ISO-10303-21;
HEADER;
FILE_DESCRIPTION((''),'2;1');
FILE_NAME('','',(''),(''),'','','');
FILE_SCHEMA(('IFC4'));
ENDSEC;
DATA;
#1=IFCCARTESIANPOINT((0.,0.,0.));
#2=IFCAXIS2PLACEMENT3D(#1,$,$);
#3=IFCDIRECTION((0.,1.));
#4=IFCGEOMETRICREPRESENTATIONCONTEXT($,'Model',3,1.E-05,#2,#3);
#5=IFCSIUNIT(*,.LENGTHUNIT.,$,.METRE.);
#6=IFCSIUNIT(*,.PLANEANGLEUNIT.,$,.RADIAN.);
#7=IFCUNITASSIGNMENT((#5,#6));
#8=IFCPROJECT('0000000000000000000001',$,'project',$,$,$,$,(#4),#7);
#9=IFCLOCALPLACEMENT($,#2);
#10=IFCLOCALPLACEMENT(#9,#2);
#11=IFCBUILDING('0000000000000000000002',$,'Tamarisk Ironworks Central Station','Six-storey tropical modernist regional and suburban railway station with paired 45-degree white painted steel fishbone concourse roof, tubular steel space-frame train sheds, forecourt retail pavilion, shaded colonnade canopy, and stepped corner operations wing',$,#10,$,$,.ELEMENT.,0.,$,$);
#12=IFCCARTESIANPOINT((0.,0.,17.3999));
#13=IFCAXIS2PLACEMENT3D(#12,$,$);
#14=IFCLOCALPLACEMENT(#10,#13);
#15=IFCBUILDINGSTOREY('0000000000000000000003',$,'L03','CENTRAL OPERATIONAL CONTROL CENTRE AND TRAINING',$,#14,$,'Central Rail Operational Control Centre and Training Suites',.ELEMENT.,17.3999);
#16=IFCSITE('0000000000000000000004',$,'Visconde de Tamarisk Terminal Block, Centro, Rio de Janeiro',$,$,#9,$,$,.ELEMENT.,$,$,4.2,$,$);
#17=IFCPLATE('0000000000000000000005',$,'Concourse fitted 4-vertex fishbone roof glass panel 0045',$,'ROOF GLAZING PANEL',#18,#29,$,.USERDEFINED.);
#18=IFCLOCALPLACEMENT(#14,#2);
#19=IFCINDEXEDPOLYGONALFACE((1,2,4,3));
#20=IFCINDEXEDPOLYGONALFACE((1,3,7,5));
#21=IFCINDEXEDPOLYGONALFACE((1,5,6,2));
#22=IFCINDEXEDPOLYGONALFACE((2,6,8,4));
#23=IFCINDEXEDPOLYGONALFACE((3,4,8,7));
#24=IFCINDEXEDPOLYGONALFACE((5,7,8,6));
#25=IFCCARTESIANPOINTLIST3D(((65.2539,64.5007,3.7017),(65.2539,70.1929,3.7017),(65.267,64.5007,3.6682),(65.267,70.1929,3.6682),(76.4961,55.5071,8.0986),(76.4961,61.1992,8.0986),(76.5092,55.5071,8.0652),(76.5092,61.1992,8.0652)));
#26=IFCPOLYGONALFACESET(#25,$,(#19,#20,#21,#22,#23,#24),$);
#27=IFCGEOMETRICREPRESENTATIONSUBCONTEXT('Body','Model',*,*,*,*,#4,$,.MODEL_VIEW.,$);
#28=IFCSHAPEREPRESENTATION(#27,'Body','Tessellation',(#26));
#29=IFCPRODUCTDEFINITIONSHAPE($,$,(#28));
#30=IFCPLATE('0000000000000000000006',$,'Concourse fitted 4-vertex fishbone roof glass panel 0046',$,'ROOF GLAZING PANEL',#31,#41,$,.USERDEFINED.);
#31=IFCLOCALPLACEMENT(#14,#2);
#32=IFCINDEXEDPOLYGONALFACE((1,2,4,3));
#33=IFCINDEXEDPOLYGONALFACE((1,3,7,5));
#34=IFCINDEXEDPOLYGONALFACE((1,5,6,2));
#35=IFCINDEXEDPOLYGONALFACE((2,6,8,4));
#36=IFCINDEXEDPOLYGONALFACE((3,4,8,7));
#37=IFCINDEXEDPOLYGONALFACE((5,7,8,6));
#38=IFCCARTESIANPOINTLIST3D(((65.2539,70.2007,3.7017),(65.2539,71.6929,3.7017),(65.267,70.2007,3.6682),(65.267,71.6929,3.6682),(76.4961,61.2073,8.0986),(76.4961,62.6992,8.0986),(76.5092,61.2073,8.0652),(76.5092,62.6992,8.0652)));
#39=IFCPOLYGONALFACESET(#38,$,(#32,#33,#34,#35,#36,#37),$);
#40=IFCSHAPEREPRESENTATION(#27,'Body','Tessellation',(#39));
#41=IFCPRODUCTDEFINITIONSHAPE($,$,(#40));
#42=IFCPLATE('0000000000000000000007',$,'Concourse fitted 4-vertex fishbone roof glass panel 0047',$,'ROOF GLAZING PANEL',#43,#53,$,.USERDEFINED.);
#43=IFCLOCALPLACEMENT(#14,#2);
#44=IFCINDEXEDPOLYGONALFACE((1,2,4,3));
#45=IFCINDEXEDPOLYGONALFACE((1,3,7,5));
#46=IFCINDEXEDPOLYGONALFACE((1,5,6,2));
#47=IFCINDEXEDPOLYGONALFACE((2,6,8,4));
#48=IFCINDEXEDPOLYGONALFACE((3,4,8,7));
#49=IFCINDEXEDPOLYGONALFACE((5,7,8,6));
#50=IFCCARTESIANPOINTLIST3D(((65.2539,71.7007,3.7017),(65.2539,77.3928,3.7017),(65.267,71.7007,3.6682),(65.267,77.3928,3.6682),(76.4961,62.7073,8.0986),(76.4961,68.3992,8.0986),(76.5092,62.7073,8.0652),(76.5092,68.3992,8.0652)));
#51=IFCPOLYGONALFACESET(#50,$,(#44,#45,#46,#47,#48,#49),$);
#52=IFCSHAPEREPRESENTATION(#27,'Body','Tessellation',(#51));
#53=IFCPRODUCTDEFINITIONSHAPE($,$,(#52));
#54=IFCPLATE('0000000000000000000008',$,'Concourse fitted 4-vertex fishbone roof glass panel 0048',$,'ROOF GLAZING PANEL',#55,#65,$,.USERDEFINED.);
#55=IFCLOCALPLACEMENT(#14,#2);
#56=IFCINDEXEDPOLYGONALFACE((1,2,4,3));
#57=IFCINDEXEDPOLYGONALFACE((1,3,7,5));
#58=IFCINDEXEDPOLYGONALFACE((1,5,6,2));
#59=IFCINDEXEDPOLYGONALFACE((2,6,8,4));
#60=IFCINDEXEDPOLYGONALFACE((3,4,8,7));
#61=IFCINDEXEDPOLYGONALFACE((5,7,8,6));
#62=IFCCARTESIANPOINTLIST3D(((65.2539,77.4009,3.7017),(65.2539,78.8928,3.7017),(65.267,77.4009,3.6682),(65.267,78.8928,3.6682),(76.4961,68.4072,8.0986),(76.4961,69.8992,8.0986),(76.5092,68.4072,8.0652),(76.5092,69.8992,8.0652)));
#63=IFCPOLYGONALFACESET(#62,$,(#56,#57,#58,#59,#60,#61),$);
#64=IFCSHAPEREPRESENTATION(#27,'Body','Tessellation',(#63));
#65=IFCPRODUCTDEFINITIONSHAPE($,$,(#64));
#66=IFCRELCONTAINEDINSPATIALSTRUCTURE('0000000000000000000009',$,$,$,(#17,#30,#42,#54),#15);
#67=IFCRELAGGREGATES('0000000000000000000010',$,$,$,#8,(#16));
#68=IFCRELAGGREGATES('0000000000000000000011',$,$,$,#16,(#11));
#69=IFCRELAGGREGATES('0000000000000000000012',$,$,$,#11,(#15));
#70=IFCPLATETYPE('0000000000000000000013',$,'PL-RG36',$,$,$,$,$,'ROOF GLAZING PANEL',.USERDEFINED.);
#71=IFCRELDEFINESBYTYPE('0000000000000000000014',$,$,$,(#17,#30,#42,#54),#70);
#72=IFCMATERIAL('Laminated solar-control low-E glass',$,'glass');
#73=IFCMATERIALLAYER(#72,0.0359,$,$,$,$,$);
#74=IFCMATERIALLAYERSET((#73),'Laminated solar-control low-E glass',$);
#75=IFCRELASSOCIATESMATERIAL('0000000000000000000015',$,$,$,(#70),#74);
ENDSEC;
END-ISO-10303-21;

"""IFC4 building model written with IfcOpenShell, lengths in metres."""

from ifc_helpers import new_model, si_unit, direction, frame, origin, place, context, subcontext, project, spatial, polyline, outline, extrude, material, layer, layer_set, type_object, element, save


model = new_model("IFC4")

# Units and contexts
model_context = context("Model", 3, precision=1e-05, world=origin(), true_north=direction((0.0, 1.0)))
body_context = subcontext(model_context, "Body", "Model", "MODEL_VIEW")
ifc_project = project(units=[si_unit("LENGTHUNIT", "METRE"), si_unit("PLANEANGLEUNIT", "RADIAN")], contexts=[model_context])

# Site, building, storey
site_placement = place(None, origin())
site = spatial("IfcSite", under=ifc_project, at=site_placement, Name="Visconde de Tamarisk Terminal Block, Centro, Rio de Janeiro", CompositionType="ELEMENT", RefElevation=4.2)
building_placement = place(site_placement, origin())
building = spatial("IfcBuilding", under=site, at=building_placement, Name="Tamarisk Ironworks Central Station", Description="Six-storey tropical modernist regional and suburban railway station with paired 45-degree white painted steel fishbone concourse roof, tubular steel space-frame train sheds, forecourt retail pavilion, shaded colonnade canopy, and stepped corner operations wing", CompositionType="ELEMENT", ElevationOfRefHeight=0.0)
storey_placement = place(building_placement, frame((0.0, 0.0, 17.3999)))
storey = spatial("IfcBuildingStorey", under=building, at=storey_placement, Name="L03", Description="CENTRAL OPERATIONAL CONTROL CENTRE AND TRAINING", LongName="Central Rail Operational Control Centre and Training Suites", CompositionType="ELEMENT", Elevation=17.3999)

# Plates
ifc_material_1 = material(Name="Laminated solar-control low-E glass", Category="glass")
ifc_layer_1 = layer(ifc_material_1, 0.0359)
ifc_layer_set_1 = layer_set([ifc_layer_1], Name="Laminated solar-control low-E glass")
plate_type_1 = type_object("IfcPlateType", Name="PL-RG36", ElementType="ROOF GLAZING PANEL", PredefinedType="USERDEFINED", material=ifc_layer_set_1)
plate_1_placement = place(storey_placement, frame((76.4961, 55.5071, 8.0986), z_axis=(-0.364245, 0.0, 0.931303), x_axis=(0.0, 1.0, 0.0)))
element("IfcPlate", 1, at=plate_1_placement, inside=storey, type_object=plate_type_1, Name="Concourse fitted 4-vertex fishbone roof glass panel 0045", ObjectType="ROOF GLAZING PANEL", PredefinedType="USERDEFINED", context=body_context, shape_type="SweptSolid", body=[
    extrude(outline(polyline([(0.0, 0.0), (5.6921, 0.0), (14.6858, 12.0715), (8.9937, 12.0715), (0.0, 0.0)])), origin(), (0.0, 0.0, -1.0), 0.0359),
])
plate_2_placement = place(storey_placement, frame((76.4961, 61.2073, 8.0986), z_axis=(-0.364245, 0.0, 0.931303), x_axis=(0.0, 1.0, 0.0)))
element("IfcPlate", 2, at=plate_2_placement, inside=storey, type_object=plate_type_1, Name="Concourse fitted 4-vertex fishbone roof glass panel 0046", ObjectType="ROOF GLAZING PANEL", PredefinedType="USERDEFINED", context=body_context, shape_type="SweptSolid", body=[
    extrude(outline(polyline([(0.0, 0.0), (1.4919, 0.0), (10.4856, 12.0715), (8.9934, 12.0715), (0.0, 0.0)])), origin(), (0.0, 0.0, -1.0), 0.0359),
])
plate_3_placement = place(storey_placement, frame((76.4961, 62.7073, 8.0986), z_axis=(-0.364245, 0.0, 0.931303), x_axis=(0.0, 1.0, 0.0)))
element("IfcPlate", 3, at=plate_3_placement, inside=storey, type_object=plate_type_1, Name="Concourse fitted 4-vertex fishbone roof glass panel 0047", ObjectType="ROOF GLAZING PANEL", PredefinedType="USERDEFINED", context=body_context, shape_type="SweptSolid", body=[
    extrude(outline(polyline([(0.0, 0.0), (5.6919, 0.0), (14.6855, 12.0715), (8.9934, 12.0715), (0.0, 0.0)])), origin(), (0.0, 0.0, -1.0), 0.0359),
])
plate_4_placement = place(storey_placement, frame((76.4961, 68.4072, 8.0986), z_axis=(-0.364245, 0.0, 0.931303), x_axis=(0.0, 1.0, 0.0)))
element("IfcPlate", 4, at=plate_4_placement, inside=storey, type_object=plate_type_1, Name="Concourse fitted 4-vertex fishbone roof glass panel 0048", ObjectType="ROOF GLAZING PANEL", PredefinedType="USERDEFINED", context=body_context, shape_type="SweptSolid", body=[
    extrude(outline(polyline([(0.0, 0.0), (1.4919, 0.0), (10.4856, 12.0715), (8.9937, 12.0715), (0.0, 0.0)])), origin(), (0.0, 0.0, -1.0), 0.0359),
])

save(model, "model.ifc")
